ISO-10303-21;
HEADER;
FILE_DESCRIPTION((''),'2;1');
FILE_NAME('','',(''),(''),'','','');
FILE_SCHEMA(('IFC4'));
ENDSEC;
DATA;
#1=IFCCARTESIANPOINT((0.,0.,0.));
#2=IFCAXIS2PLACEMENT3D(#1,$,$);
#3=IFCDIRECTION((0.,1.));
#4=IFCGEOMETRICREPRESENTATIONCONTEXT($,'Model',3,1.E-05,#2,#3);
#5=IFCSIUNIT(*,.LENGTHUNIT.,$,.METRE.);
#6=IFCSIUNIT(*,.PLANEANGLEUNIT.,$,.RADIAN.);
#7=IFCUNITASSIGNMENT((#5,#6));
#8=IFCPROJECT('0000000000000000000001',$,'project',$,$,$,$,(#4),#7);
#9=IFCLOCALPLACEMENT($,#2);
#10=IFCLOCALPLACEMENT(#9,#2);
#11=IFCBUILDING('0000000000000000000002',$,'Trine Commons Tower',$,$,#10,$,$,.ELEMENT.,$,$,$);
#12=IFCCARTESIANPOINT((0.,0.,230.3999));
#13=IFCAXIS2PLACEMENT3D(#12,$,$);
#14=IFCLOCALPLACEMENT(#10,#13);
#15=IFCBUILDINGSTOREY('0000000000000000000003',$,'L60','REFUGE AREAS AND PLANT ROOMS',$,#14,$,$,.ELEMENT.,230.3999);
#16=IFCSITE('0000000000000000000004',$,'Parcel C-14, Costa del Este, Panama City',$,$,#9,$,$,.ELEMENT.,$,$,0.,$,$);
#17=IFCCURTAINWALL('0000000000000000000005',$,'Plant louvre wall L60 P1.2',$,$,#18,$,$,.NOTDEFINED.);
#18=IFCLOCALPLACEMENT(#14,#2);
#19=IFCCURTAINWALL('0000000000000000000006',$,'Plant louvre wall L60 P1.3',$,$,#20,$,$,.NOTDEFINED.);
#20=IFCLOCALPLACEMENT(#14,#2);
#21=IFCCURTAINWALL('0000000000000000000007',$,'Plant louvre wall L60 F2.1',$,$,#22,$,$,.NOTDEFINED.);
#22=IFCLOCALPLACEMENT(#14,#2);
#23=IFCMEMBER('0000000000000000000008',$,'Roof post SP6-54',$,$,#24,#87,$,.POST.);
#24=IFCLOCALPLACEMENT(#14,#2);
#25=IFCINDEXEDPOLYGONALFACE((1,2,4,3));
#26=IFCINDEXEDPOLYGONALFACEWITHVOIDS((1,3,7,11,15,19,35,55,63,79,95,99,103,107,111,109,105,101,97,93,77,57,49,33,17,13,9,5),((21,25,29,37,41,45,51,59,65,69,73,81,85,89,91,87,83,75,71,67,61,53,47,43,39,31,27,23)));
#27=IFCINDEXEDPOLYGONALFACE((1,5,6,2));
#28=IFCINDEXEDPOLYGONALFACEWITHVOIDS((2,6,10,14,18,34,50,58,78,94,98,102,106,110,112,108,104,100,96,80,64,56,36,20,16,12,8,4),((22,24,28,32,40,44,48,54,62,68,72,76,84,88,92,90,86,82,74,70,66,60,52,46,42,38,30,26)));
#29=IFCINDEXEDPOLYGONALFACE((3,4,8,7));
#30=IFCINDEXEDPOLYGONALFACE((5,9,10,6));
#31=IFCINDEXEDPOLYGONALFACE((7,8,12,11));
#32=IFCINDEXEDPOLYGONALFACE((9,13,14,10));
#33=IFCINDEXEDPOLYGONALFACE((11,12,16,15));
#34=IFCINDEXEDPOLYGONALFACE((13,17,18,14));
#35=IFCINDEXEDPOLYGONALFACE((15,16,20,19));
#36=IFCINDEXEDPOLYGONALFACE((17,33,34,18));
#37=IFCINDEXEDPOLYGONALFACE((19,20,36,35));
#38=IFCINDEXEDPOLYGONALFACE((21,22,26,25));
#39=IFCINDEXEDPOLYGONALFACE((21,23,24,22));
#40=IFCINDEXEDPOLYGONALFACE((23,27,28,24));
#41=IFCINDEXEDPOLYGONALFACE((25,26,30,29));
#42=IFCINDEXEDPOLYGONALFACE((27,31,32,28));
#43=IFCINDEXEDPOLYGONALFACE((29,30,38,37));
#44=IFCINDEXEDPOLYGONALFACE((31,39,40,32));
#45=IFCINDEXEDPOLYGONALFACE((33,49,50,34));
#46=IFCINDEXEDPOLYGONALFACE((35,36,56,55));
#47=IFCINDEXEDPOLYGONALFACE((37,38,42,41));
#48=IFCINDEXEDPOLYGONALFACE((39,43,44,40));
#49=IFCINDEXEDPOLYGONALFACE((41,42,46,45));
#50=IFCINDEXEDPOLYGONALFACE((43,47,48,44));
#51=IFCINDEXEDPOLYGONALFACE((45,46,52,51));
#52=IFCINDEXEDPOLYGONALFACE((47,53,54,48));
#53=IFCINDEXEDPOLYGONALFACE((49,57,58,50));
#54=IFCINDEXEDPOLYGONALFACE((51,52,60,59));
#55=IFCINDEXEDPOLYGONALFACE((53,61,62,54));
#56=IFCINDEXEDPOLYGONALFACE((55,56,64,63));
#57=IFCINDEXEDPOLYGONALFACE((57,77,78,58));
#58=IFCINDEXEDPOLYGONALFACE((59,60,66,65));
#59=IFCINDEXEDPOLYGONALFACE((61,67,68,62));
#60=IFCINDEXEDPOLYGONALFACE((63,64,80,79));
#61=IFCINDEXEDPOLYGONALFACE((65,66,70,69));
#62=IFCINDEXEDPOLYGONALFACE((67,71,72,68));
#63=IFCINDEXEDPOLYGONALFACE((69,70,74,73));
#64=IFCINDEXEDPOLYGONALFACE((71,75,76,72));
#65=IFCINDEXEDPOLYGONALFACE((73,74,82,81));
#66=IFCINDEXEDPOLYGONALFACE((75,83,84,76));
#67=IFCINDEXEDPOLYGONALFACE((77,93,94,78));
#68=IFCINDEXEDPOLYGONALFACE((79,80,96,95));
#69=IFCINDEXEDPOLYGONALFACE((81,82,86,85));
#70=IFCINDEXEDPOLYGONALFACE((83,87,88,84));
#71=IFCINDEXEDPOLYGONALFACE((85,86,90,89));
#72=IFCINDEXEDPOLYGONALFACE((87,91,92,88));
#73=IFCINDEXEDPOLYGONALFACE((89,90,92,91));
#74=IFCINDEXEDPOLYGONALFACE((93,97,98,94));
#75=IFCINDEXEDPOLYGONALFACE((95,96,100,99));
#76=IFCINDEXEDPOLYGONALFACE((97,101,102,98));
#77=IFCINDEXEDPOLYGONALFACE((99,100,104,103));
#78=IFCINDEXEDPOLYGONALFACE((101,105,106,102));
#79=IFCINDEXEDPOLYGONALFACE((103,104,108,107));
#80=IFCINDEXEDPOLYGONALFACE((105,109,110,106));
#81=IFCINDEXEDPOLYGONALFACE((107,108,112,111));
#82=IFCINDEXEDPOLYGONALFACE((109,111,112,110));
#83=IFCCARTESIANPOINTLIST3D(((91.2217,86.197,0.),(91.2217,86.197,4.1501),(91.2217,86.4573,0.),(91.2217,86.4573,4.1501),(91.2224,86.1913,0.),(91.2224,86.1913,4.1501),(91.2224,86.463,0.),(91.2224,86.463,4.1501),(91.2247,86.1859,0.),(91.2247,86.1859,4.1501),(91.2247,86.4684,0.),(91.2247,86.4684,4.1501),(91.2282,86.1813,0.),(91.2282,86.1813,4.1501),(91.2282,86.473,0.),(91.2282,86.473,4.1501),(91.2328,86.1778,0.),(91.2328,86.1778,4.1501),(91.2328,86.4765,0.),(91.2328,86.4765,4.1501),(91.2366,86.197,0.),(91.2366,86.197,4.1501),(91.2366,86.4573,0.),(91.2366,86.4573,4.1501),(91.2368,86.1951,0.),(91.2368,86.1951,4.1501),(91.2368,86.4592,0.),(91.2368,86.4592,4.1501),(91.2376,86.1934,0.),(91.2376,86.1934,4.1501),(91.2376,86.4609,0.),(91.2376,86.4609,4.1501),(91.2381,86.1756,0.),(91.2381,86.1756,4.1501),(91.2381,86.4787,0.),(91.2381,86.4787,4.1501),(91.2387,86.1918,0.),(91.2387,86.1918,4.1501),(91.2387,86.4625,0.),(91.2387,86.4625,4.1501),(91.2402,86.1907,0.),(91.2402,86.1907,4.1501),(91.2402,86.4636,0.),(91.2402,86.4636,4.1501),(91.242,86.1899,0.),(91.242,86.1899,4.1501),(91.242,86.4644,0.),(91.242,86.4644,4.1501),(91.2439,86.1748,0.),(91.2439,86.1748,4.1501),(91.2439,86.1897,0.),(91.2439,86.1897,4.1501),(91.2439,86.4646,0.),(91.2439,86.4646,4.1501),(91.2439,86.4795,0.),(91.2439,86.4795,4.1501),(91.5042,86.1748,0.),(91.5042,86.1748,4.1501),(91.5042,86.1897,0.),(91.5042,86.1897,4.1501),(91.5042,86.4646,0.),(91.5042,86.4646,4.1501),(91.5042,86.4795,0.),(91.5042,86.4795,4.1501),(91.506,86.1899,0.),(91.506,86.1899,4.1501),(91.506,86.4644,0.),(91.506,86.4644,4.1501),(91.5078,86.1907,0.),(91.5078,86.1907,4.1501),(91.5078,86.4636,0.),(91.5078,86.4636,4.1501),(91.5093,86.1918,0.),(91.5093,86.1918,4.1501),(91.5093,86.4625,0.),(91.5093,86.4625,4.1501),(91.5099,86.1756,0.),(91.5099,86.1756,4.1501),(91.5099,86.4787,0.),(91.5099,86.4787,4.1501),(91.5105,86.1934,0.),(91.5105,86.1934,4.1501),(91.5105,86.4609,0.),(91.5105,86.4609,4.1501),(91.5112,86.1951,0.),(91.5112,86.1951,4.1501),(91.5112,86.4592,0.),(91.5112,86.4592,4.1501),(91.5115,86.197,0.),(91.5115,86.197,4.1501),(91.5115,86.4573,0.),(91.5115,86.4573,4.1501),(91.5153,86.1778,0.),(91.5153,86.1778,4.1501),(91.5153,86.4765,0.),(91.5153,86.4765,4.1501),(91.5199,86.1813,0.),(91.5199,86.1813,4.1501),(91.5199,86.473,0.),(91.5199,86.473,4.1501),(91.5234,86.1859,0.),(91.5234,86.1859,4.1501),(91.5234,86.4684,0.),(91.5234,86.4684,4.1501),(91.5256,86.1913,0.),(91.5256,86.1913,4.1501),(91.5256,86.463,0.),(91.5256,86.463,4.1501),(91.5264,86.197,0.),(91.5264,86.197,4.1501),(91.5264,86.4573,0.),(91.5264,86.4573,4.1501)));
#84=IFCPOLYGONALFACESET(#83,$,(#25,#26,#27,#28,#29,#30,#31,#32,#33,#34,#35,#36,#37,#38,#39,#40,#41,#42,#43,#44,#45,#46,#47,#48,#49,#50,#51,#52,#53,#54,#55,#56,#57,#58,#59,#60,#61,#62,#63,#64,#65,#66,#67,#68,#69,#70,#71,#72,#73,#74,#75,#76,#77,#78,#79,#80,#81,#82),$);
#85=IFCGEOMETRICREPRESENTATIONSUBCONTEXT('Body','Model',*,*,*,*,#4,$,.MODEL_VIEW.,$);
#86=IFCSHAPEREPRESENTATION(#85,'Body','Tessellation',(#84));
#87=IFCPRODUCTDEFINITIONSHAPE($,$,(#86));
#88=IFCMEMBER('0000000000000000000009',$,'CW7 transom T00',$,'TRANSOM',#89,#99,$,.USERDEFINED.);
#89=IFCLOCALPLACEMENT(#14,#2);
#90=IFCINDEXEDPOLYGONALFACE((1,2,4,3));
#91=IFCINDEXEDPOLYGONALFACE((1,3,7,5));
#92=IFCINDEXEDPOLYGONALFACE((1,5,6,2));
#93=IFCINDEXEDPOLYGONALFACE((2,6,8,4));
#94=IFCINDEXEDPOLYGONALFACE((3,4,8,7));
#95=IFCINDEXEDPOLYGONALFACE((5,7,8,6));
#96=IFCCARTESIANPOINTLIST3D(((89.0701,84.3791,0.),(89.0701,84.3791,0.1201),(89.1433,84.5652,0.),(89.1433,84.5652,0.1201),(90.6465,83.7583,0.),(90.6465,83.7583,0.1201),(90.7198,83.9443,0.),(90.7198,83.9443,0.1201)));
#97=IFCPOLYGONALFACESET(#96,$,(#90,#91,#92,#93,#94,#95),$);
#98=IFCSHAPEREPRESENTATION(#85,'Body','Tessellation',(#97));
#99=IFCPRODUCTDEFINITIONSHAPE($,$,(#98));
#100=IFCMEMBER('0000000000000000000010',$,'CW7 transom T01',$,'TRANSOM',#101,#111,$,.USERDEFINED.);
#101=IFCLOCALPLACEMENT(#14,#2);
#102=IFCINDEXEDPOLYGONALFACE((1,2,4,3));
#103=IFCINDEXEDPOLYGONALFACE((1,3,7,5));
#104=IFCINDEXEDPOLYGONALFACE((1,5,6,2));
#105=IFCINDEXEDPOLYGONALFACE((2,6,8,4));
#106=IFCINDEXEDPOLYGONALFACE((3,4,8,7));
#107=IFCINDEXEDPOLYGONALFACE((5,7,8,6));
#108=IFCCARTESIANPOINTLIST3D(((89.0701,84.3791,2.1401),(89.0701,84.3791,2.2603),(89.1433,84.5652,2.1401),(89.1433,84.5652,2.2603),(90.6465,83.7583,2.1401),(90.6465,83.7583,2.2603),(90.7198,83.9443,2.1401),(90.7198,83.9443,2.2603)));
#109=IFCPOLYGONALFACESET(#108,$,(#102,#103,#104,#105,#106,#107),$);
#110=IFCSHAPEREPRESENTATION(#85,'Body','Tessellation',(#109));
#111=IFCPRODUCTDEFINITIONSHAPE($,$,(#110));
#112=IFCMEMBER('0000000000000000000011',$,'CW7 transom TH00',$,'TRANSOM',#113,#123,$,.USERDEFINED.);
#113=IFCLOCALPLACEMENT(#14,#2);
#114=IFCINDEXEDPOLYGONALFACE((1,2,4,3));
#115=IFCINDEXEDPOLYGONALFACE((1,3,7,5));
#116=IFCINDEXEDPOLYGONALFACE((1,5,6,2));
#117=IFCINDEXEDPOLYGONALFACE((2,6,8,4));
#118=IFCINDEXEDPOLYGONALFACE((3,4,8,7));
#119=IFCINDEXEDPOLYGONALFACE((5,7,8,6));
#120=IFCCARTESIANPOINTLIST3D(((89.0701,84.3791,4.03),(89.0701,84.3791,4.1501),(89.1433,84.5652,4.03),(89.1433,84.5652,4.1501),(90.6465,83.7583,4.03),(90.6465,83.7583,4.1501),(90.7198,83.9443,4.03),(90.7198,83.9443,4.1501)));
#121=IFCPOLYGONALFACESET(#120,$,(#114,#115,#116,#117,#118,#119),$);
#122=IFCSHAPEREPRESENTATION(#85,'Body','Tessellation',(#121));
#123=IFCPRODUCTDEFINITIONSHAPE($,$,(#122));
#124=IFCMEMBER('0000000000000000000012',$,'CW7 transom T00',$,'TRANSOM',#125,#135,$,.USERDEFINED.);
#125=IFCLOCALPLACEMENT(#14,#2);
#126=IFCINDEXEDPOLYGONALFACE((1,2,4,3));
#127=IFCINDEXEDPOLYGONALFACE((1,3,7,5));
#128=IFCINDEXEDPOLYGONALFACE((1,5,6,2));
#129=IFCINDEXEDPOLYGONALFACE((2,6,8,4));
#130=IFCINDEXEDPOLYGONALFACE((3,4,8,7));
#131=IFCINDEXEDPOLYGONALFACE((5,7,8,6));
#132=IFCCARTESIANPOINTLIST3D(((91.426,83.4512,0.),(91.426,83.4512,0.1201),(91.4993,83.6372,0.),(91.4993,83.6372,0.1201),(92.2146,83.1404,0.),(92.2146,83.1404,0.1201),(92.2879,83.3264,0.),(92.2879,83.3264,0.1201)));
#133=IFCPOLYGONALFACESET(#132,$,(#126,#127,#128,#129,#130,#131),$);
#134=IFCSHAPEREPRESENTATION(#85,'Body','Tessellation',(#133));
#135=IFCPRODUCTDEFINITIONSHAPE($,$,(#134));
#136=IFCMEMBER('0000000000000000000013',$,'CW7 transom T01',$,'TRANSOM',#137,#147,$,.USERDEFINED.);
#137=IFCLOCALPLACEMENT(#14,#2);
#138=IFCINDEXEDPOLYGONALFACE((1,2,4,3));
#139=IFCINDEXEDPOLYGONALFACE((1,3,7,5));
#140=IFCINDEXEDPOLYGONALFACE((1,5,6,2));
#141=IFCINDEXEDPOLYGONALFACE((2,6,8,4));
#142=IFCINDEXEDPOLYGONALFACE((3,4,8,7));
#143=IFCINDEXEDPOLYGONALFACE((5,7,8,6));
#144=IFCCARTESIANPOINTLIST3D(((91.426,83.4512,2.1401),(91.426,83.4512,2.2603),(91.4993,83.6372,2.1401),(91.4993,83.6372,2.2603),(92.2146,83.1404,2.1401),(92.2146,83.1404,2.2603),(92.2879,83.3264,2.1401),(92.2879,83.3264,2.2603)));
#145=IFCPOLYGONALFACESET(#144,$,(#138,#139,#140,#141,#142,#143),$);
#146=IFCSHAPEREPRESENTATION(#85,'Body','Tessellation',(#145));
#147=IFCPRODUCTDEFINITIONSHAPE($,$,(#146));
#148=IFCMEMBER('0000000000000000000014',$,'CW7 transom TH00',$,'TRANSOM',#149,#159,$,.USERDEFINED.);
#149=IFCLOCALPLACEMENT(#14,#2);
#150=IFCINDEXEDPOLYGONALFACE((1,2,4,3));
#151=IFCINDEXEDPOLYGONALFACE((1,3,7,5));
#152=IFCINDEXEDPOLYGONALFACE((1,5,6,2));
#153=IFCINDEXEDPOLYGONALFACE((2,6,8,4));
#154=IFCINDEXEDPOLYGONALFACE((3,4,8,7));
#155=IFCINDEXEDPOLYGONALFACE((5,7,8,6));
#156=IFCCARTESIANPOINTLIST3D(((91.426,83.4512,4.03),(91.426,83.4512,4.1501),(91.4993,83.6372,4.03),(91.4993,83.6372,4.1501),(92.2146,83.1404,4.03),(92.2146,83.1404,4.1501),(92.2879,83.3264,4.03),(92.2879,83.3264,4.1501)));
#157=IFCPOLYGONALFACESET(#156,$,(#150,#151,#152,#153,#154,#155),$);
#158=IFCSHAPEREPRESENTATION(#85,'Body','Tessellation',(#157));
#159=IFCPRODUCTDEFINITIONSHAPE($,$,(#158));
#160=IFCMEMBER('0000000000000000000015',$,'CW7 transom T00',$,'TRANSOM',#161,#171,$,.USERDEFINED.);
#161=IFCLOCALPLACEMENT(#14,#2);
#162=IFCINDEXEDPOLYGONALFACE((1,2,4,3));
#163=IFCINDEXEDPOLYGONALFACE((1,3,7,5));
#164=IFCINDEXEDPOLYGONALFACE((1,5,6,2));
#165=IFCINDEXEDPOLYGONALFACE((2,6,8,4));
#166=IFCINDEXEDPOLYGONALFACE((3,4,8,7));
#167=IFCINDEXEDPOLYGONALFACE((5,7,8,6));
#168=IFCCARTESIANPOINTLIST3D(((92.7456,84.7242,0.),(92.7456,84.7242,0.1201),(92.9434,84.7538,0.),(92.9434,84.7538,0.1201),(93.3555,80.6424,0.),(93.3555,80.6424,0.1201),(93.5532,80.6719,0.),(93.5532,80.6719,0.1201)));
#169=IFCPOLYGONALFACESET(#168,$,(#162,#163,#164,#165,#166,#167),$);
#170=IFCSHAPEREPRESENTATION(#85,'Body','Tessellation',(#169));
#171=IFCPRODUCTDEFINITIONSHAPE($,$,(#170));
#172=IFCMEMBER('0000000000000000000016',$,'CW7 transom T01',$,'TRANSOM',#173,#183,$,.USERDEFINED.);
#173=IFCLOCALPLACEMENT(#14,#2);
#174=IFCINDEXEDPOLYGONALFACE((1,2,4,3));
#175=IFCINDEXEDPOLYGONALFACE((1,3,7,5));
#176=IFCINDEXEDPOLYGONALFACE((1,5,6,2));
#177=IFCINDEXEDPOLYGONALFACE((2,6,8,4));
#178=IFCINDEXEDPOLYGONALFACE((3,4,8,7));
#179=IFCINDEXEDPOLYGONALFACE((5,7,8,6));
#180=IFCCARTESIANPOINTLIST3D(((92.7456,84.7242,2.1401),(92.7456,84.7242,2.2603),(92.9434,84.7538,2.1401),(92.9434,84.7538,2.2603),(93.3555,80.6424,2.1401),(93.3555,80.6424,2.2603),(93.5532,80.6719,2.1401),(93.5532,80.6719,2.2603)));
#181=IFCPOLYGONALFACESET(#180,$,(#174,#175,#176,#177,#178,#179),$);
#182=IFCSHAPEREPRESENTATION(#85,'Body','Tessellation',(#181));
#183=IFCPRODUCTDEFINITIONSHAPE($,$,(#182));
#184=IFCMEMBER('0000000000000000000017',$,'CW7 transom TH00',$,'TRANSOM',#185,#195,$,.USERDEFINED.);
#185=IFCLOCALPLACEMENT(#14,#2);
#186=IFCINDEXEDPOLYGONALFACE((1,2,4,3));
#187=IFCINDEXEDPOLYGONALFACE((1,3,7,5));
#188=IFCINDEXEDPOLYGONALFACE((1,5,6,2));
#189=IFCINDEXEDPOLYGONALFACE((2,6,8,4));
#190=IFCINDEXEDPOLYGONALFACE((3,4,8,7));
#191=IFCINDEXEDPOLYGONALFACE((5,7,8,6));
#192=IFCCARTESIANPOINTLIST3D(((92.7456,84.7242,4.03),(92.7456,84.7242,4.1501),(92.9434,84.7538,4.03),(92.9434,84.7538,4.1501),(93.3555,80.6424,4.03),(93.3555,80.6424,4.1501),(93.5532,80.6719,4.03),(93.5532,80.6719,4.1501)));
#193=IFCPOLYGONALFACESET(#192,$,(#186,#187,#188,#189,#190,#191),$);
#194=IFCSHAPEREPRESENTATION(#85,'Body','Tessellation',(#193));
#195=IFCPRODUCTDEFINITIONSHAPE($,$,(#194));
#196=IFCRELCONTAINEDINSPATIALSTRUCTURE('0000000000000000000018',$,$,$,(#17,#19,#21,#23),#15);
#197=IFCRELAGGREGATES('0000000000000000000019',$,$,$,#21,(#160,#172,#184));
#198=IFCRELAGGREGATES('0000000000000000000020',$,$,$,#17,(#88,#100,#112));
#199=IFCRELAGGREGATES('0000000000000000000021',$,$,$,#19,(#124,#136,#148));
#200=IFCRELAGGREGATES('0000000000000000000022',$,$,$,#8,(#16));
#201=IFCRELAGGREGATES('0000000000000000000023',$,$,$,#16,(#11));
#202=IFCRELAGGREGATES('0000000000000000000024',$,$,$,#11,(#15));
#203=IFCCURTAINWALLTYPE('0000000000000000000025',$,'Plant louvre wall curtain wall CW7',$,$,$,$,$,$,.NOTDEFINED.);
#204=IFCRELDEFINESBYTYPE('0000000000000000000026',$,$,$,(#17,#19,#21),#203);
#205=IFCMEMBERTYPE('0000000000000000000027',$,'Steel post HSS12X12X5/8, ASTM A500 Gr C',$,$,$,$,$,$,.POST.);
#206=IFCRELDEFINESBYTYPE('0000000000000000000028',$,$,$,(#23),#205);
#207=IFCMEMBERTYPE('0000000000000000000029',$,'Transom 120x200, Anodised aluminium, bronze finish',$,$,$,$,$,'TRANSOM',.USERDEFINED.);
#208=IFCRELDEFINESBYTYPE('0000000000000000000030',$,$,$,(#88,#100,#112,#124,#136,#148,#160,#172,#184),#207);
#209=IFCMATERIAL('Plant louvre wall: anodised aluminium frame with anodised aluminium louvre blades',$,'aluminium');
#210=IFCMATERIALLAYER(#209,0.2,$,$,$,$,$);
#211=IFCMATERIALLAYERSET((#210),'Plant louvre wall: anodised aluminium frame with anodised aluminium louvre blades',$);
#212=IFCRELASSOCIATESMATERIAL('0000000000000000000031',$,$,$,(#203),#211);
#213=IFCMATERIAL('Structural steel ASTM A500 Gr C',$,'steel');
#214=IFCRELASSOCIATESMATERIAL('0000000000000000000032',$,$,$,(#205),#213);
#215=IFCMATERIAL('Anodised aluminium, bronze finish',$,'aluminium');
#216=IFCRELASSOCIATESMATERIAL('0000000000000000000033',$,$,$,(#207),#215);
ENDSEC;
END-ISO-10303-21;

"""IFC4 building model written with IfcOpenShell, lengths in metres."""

from ifc_helpers import new_model, si_unit, direction, frame, origin, origin_2d, place, context, subcontext, project, spatial, rectangle, hollow_rectangle, extrude, material, layer, layer_set, material_profile, profile_set, type_object, element, aggregate, save


model = new_model("IFC4")

# Units and contexts
model_context = context("Model", 3, precision=1e-05, world=origin(), true_north=direction((0.0, 1.0)))
body_context = subcontext(model_context, "Body", "Model", "MODEL_VIEW")
ifc_project = project(units=[si_unit("LENGTHUNIT", "METRE"), si_unit("PLANEANGLEUNIT", "RADIAN")], contexts=[model_context])

# Site, building, storey
site_placement = place(None, origin())
site = spatial("IfcSite", under=ifc_project, at=site_placement, Name="Parcel C-14, Costa del Este, Panama City", CompositionType="ELEMENT", RefElevation=0.0)
building_placement = place(site_placement, origin())
building = spatial("IfcBuilding", under=site, at=building_placement, Name="Trine Commons Tower", CompositionType="ELEMENT")
storey_placement = place(building_placement, frame((0.0, 0.0, 230.3999)))
storey = spatial("IfcBuildingStorey", under=building, at=storey_placement, Name="L60", Description="REFUGE AREAS AND PLANT ROOMS", CompositionType="ELEMENT", Elevation=230.3999)

# Curtain walls
ifc_material_1 = material(Name="Plant louvre wall: anodised aluminium frame with anodised aluminium louvre blades", Category="aluminium")
ifc_layer_1 = layer(ifc_material_1, 0.2)
ifc_layer_set_1 = layer_set([ifc_layer_1], Name="Plant louvre wall: anodised aluminium frame with anodised aluminium louvre blades")
curtain_wall_type = type_object("IfcCurtainWallType", Name="Plant louvre wall curtain wall CW7", PredefinedType="NOTDEFINED", material=ifc_layer_set_1)
curtain_wall_1_placement = place(storey_placement, origin())
curtain_wall_1 = element("IfcCurtainWall", 1, at=curtain_wall_1_placement, inside=storey, type_object=curtain_wall_type, Name="Plant louvre wall L60 P1.2", PredefinedType="NOTDEFINED")
ifc_material_2 = material(Name="Anodised aluminium, bronze finish", Category="aluminium")
curtain_wall_2_placement = place(storey_placement, origin())
curtain_wall_2 = element("IfcCurtainWall", 2, at=curtain_wall_2_placement, inside=storey, type_object=curtain_wall_type, Name="Plant louvre wall L60 P1.3", PredefinedType="NOTDEFINED")
curtain_wall_3_placement = place(storey_placement, origin())
curtain_wall_3 = element("IfcCurtainWall", 3, at=curtain_wall_3_placement, inside=storey, type_object=curtain_wall_type, Name="Plant louvre wall L60 F2.1", PredefinedType="NOTDEFINED")

# Member
ifc_material_3 = material(Name="Structural steel ASTM A500 Gr C", Category="steel")
ifc_material_profile_1 = material_profile(ifc_material_3, hollow_rectangle(XDim=0.3047, YDim=0.3047, WallThickness=0.0149, InnerFilletRadius=0.0073, OuterFilletRadius=0.0222, at=origin_2d()), Name="HSS12X12X5/8")
ifc_profile_set_1 = profile_set([ifc_material_profile_1], Name="Structural steel ASTM A500 Gr C")
member_type_1 = type_object("IfcMemberType", Name="Steel post HSS12X12X5/8, ASTM A500 Gr C", PredefinedType="POST", material=ifc_profile_set_1)
for number, where, z_axis, x_axis, name in (
    (4, (91.374, 86.3271, 0.0), (0.0, 0.0, 1.0), (1.0, 0.0, 0.0), "Roof post SP6-54"),
):
    element("IfcMember", number, at=place(storey_placement, frame(where, z_axis=z_axis, x_axis=x_axis)), inside=storey, type_object=member_type_1, Name=name, PredefinedType="POST", context=body_context, shape_type="SweptSolid", body=[
        extrude(hollow_rectangle(XDim=0.3047, YDim=0.3047, WallThickness=0.0149, InnerFilletRadius=0.0073, OuterFilletRadius=0.0222, at=origin_2d()), origin(), (0.0, 0.0, 1.0), 4.1501),
    ])

# Members
ifc_material_profile_2 = material_profile(ifc_material_2, rectangle(XDim=0.2, YDim=0.1201, at=origin_2d()), Name="Transom 120x200")
ifc_profile_set_2 = profile_set([ifc_material_profile_2], Name="Anodised aluminium, bronze finish")
member_type_2 = type_object("IfcMemberType", Name="Transom 120x200, Anodised aluminium, bronze finish", ElementType="TRANSOM", PredefinedType="USERDEFINED", material=ifc_profile_set_2)
member_1_placement = place(storey_placement, frame((89.1067, 84.4722, 0.0601), z_axis=(0.930441, -0.366441, 0.0), x_axis=(0.366441, 0.930441, 0.0)))
member_1 = element("IfcMember", 5, at=member_1_placement, type_object=member_type_2, Name="CW7 transom T00", ObjectType="TRANSOM", PredefinedType="USERDEFINED", context=body_context, shape_type="SweptSolid", body=[
    extrude(rectangle(XDim=0.2, YDim=0.1201, at=origin_2d()), origin(), (0.0, 0.0, 1.0), 1.6943),
])
member_2_placement = place(storey_placement, frame((89.1067, 84.4722, 2.2002), z_axis=(0.930441, -0.366441, 0.0), x_axis=(0.366441, 0.930441, 0.0)))
member_2 = element("IfcMember", 6, at=member_2_placement, type_object=member_type_2, Name="CW7 transom T01", ObjectType="TRANSOM", PredefinedType="USERDEFINED", context=body_context, shape_type="SweptSolid", body=[
    extrude(rectangle(XDim=0.2, YDim=0.1201, at=origin_2d()), origin(), (0.0, 0.0, 1.0), 1.6943),
])
member_3_placement = place(storey_placement, frame((89.1067, 84.4722, 4.0901), z_axis=(0.930441, -0.366441, 0.0), x_axis=(0.366441, 0.930441, 0.0)))
member_3 = element("IfcMember", 7, at=member_3_placement, type_object=member_type_2, Name="CW7 transom TH00", ObjectType="TRANSOM", PredefinedType="USERDEFINED", context=body_context, shape_type="SweptSolid", body=[
    extrude(rectangle(XDim=0.2, YDim=0.1201, at=origin_2d()), origin(), (0.0, 0.0, 1.0), 1.6943),
])
member_4_placement = place(storey_placement, frame((91.4626, 83.5442, 0.0601), z_axis=(0.930352, -0.366668, 0.0), x_axis=(0.366668, 0.930352, 0.0)))
member_4 = element("IfcMember", 8, at=member_4_placement, type_object=member_type_2, Name="CW7 transom T00", ObjectType="TRANSOM", PredefinedType="USERDEFINED", context=body_context, shape_type="SweptSolid", body=[
    extrude(rectangle(XDim=0.2, YDim=0.1201, at=origin_2d()), origin(), (0.0, 0.0, 1.0), 0.8477),
])
member_5_placement = place(storey_placement, frame((91.4626, 83.5442, 2.2002), z_axis=(0.930352, -0.366668, 0.0), x_axis=(0.366668, 0.930352, 0.0)))
member_5 = element("IfcMember", 9, at=member_5_placement, type_object=member_type_2, Name="CW7 transom T01", ObjectType="TRANSOM", PredefinedType="USERDEFINED", context=body_context, shape_type="SweptSolid", body=[
    extrude(rectangle(XDim=0.2, YDim=0.1201, at=origin_2d()), origin(), (0.0, 0.0, 1.0), 0.8477),
])
member_6_placement = place(storey_placement, frame((91.4626, 83.5442, 4.0901), z_axis=(0.930352, -0.366668, 0.0), x_axis=(0.366668, 0.930352, 0.0)))
member_6 = element("IfcMember", 10, at=member_6_placement, type_object=member_type_2, Name="CW7 transom TH00", ObjectType="TRANSOM", PredefinedType="USERDEFINED", context=body_context, shape_type="SweptSolid", body=[
    extrude(rectangle(XDim=0.2, YDim=0.1201, at=origin_2d()), origin(), (0.0, 0.0, 1.0), 0.8477),
])
member_7_placement = place(storey_placement, frame((92.8445, 84.739, 0.0601), z_axis=(0.147771, -0.989022, 0.0), x_axis=(0.989022, 0.147771, 0.0)))
member_7 = element("IfcMember", 11, at=member_7_placement, type_object=member_type_2, Name="CW7 transom T00", ObjectType="TRANSOM", PredefinedType="USERDEFINED", context=body_context, shape_type="SweptSolid", body=[
    extrude(rectangle(XDim=0.2, YDim=0.1201, at=origin_2d()), origin(), (0.0, 0.0, 1.0), 4.1272),
])
member_8_placement = place(storey_placement, frame((92.8445, 84.739, 2.2002), z_axis=(0.147771, -0.989022, 0.0), x_axis=(0.989022, 0.147771, 0.0)))
member_8 = element("IfcMember", 12, at=member_8_placement, type_object=member_type_2, Name="CW7 transom T01", ObjectType="TRANSOM", PredefinedType="USERDEFINED", context=body_context, shape_type="SweptSolid", body=[
    extrude(rectangle(XDim=0.2, YDim=0.1201, at=origin_2d()), origin(), (0.0, 0.0, 1.0), 4.1272),
])
member_9_placement = place(storey_placement, frame((92.8445, 84.739, 4.0901), z_axis=(0.147771, -0.989022, 0.0), x_axis=(0.989022, 0.147771, 0.0)))
member_9 = element("IfcMember", 13, at=member_9_placement, type_object=member_type_2, Name="CW7 transom TH00", ObjectType="TRANSOM", PredefinedType="USERDEFINED", context=body_context, shape_type="SweptSolid", body=[
    extrude(rectangle(XDim=0.2, YDim=0.1201, at=origin_2d()), origin(), (0.0, 0.0, 1.0), 4.1272),
])
aggregate(curtain_wall_3, [member_7, member_8, member_9])

aggregate(curtain_wall_1, [member_1, member_2, member_3])
aggregate(curtain_wall_2, [member_4, member_5, member_6])

save(model, "model.ifc")
